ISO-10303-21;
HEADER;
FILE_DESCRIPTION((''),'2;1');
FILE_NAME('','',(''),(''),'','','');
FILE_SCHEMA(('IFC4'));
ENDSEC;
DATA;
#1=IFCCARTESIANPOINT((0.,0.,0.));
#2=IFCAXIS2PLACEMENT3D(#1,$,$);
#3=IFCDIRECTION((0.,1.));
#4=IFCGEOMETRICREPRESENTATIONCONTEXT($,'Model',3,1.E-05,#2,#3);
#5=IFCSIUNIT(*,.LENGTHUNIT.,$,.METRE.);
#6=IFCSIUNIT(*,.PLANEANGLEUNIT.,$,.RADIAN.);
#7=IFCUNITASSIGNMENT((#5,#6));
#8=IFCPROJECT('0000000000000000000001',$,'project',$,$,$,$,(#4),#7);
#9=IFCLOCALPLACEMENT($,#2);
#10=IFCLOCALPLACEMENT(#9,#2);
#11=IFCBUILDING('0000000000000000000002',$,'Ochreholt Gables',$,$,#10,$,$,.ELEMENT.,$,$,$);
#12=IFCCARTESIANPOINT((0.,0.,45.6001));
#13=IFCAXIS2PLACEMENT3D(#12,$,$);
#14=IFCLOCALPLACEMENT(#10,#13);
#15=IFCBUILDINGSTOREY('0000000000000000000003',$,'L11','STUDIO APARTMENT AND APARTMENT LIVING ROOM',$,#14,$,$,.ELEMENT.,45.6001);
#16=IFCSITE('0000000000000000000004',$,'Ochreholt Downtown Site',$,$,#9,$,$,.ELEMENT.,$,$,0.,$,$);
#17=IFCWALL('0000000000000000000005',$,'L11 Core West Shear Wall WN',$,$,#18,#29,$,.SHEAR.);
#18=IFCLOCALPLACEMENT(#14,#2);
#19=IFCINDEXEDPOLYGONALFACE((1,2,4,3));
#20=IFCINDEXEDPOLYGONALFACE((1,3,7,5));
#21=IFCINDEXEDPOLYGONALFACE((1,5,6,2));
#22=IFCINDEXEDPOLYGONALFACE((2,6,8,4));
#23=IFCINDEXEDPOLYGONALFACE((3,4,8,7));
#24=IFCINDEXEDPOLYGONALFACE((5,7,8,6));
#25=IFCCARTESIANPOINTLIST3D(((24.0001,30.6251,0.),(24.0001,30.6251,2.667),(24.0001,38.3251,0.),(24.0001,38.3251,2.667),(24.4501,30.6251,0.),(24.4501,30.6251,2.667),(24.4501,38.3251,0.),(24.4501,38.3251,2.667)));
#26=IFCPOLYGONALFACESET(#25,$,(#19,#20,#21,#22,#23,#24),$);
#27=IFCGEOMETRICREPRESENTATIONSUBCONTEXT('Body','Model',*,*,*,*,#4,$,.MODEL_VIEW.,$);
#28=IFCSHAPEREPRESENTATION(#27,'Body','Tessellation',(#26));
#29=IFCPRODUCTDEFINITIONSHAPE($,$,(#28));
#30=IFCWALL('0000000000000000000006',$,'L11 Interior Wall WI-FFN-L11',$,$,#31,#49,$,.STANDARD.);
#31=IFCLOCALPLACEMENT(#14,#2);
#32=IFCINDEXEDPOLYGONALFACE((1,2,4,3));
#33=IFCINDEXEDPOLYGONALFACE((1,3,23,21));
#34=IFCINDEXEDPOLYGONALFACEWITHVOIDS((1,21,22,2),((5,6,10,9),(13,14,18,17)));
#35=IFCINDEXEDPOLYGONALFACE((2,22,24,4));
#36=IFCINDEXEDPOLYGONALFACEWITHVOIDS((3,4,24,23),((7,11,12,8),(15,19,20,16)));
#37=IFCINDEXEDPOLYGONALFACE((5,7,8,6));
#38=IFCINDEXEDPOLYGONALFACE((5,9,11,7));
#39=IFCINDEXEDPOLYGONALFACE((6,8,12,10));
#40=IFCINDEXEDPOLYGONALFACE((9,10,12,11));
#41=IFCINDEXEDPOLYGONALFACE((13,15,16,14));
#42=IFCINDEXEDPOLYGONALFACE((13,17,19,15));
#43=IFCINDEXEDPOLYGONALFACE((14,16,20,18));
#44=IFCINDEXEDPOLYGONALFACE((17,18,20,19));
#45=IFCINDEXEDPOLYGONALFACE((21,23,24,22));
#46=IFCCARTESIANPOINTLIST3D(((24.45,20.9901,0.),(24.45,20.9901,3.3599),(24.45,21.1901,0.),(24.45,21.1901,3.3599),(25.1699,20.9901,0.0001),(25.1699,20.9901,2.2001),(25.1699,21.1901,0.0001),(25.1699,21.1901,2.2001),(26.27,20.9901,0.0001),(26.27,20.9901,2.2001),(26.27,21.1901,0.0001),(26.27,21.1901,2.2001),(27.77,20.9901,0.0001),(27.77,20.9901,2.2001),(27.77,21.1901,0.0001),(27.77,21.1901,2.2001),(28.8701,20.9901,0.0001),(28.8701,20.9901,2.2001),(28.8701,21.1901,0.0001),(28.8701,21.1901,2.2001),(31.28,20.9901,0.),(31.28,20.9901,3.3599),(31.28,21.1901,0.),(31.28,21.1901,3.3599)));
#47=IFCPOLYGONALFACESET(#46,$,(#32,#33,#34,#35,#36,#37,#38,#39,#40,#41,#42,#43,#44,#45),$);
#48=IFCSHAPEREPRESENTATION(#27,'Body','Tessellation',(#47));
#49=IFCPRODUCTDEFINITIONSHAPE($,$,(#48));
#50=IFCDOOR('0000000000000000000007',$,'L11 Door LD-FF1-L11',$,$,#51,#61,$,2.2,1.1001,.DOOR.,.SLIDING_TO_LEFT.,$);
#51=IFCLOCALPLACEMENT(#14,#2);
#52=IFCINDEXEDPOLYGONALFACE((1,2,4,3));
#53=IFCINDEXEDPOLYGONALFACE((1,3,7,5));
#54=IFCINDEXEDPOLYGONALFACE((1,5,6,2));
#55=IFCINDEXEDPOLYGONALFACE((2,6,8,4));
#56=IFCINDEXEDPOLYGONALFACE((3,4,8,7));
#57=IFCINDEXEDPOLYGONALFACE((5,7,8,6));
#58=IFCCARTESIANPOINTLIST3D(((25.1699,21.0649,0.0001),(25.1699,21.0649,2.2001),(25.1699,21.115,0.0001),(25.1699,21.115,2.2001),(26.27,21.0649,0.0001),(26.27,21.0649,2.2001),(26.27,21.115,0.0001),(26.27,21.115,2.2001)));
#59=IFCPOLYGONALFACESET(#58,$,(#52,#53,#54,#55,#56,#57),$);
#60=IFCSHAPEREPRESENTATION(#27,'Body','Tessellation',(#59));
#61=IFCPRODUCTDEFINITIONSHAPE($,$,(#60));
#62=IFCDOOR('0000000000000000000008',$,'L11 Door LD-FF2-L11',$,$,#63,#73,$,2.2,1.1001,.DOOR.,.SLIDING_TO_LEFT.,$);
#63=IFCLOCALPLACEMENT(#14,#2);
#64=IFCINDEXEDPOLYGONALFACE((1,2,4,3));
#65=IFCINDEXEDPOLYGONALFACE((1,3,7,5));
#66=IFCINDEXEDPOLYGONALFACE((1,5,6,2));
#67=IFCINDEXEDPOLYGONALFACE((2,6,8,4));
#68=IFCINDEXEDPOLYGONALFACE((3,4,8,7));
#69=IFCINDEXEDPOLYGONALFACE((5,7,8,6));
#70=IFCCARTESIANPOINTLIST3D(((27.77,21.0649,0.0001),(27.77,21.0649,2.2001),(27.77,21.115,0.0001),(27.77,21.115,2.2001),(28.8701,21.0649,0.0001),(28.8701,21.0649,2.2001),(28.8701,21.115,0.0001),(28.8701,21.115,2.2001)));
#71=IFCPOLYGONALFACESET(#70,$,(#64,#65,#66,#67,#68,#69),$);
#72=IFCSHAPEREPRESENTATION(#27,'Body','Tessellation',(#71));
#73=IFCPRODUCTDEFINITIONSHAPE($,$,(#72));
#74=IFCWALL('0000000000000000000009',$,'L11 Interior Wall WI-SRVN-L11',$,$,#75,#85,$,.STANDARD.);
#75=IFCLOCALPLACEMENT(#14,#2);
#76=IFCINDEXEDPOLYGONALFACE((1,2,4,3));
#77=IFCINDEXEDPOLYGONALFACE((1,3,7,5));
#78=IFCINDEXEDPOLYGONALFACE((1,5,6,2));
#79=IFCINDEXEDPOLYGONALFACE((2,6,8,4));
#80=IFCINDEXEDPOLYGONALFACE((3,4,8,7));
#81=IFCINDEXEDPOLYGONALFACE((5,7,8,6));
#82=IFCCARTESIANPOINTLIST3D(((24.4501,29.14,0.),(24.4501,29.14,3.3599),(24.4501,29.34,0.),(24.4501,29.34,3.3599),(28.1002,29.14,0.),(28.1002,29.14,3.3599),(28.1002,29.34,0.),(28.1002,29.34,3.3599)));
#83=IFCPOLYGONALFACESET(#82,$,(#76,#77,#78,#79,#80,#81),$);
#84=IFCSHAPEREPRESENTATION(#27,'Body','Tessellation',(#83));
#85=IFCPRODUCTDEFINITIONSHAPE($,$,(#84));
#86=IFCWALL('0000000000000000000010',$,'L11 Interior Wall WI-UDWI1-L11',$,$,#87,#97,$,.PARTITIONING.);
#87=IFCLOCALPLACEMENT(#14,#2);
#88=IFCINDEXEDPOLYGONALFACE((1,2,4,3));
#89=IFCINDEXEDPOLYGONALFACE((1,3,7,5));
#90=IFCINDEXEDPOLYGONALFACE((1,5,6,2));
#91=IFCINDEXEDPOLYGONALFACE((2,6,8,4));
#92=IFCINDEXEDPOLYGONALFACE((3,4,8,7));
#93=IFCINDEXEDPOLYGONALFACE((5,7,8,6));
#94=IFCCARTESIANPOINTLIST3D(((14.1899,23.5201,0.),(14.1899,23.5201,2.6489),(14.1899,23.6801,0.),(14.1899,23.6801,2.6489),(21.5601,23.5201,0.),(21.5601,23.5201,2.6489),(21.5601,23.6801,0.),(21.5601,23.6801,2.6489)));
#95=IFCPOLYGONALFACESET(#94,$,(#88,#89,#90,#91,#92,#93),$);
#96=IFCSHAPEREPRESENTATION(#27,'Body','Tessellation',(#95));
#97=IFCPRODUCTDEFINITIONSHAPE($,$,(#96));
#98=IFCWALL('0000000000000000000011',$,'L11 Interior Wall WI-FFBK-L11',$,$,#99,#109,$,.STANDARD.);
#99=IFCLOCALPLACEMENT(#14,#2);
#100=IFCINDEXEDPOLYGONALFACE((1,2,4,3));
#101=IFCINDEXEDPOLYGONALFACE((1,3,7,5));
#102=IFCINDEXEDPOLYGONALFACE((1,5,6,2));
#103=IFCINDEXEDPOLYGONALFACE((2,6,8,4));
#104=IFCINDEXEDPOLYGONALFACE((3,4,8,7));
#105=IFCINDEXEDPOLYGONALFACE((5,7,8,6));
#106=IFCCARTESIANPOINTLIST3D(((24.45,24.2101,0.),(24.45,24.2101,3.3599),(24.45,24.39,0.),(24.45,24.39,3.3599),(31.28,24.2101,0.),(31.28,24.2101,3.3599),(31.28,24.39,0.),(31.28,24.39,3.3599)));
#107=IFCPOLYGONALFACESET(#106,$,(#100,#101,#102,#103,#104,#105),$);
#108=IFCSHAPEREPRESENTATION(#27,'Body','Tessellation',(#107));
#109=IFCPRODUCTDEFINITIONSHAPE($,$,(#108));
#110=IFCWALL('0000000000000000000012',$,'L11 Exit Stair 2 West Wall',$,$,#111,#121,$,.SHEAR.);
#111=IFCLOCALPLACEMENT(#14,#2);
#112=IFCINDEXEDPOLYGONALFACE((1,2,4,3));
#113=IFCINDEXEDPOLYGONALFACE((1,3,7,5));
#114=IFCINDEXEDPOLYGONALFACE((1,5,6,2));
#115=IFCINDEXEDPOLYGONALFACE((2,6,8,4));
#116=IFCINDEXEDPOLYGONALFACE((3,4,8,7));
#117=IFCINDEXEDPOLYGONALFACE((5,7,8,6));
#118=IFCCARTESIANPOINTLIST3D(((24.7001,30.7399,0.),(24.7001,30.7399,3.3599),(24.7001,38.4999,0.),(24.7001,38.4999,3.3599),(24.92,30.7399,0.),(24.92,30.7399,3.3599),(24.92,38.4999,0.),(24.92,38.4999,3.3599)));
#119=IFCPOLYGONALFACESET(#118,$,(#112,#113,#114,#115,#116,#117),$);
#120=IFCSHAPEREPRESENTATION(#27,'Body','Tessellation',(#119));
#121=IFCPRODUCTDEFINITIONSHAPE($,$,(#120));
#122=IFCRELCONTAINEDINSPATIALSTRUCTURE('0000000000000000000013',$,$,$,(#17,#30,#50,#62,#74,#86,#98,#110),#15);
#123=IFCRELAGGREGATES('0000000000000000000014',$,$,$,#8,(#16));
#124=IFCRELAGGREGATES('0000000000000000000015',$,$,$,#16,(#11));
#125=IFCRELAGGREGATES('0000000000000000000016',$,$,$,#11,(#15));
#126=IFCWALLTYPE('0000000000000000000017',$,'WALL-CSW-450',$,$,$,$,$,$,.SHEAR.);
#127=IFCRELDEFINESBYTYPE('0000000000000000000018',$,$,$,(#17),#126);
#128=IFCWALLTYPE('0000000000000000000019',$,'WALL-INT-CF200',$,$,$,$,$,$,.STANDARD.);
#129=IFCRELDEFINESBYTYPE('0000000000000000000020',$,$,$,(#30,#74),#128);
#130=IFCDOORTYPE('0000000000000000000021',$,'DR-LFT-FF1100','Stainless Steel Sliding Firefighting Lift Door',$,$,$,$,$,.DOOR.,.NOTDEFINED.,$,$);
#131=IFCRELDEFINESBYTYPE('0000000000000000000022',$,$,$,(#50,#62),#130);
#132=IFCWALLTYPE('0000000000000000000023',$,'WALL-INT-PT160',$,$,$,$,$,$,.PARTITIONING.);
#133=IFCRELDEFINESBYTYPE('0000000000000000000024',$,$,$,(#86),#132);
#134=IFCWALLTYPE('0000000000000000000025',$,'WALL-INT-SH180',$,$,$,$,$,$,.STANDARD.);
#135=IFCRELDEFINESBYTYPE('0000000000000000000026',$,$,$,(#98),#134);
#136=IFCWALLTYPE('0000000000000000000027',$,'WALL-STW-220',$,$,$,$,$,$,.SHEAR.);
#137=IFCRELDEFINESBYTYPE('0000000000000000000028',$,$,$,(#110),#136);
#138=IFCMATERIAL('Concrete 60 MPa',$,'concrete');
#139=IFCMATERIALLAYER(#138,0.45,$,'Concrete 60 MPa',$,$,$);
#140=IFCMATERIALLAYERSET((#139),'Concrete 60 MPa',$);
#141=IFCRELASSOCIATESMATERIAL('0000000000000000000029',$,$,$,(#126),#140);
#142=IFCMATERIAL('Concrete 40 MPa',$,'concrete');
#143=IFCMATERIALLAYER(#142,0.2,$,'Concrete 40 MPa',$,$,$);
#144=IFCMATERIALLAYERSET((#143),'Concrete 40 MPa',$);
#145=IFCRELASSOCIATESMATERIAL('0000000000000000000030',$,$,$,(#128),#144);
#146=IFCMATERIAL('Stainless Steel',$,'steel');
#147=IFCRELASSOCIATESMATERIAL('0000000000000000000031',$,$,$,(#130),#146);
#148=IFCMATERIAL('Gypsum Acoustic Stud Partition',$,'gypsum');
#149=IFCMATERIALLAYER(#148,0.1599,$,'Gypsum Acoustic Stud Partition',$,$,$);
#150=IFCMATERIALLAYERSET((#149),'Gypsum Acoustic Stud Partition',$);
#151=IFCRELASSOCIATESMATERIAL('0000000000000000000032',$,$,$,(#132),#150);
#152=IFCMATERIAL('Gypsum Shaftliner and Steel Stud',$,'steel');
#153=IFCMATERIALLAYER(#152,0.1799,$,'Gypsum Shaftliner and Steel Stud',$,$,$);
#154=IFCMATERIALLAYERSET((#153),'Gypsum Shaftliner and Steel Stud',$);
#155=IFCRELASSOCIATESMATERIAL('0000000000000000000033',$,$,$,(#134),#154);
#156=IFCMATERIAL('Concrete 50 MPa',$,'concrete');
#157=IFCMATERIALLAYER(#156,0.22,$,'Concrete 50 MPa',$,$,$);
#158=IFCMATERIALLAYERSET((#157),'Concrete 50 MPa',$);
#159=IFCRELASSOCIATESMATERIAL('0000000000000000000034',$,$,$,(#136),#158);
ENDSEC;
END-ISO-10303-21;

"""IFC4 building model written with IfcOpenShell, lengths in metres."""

from ifc_helpers import new_model, si_unit, direction, frame, frame_2d, origin, place, context, subcontext, project, spatial, rectangle, extrude, material, layer, layer_set, type_object, element, fill, save


model = new_model("IFC4")

# Units and contexts
model_context = context("Model", 3, precision=1e-05, world=origin(), true_north=direction((0.0, 1.0)))
body_context = subcontext(model_context, "Body", "Model", "MODEL_VIEW")
ifc_project = project(units=[si_unit("LENGTHUNIT", "METRE"), si_unit("PLANEANGLEUNIT", "RADIAN")], contexts=[model_context])

# Site, building, storey
site_placement = place(None, origin())
site = spatial("IfcSite", under=ifc_project, at=site_placement, Name="Ochreholt Downtown Site", CompositionType="ELEMENT", RefElevation=0.0)
building_placement = place(site_placement, origin())
building = spatial("IfcBuilding", under=site, at=building_placement, Name="Ochreholt Gables", CompositionType="ELEMENT")
storey_placement = place(building_placement, frame((0.0, 0.0, 45.6001)))
storey = spatial("IfcBuildingStorey", under=building, at=storey_placement, Name="L11", Description="STUDIO APARTMENT AND APARTMENT LIVING ROOM", CompositionType="ELEMENT", Elevation=45.6001)

# Shared definitions
ifc_material_1 = material(Name="Concrete 60 MPa", Category="concrete")

# Wall
ifc_layer_1 = layer(ifc_material_1, 0.45, Name="Concrete 60 MPa")
ifc_layer_set_1 = layer_set([ifc_layer_1], Name="Concrete 60 MPa")
wall_type_1 = type_object("IfcWallType", Name="WALL-CSW-450", PredefinedType="SHEAR", material=ifc_layer_set_1)
wall_1_placement = place(storey_placement, frame((24.2251, 30.625, 0.0), z_axis=(0.0, 0.0, 1.0), x_axis=(0.0, 1.0, 0.0)))
element("IfcWall", 1, at=wall_1_placement, inside=storey, type_object=wall_type_1, Name="L11 Core West Shear Wall WN", PredefinedType="SHEAR", context=body_context, shape_type="SweptSolid", body=[
    extrude(rectangle(XDim=7.7, YDim=0.45, at=frame_2d((3.8501, 0.0))), origin(), (0.0, 0.0, 1.0), 2.667),
])

# Wall, openings, doors
ifc_material_2 = material(Name="Concrete 40 MPa", Category="concrete")
ifc_layer_2 = layer(ifc_material_2, 0.2, Name="Concrete 40 MPa")
ifc_layer_set_2 = layer_set([ifc_layer_2], Name="Concrete 40 MPa")
wall_type_2 = type_object("IfcWallType", Name="WALL-INT-CF200", PredefinedType="STANDARD", material=ifc_layer_set_2)
wall_2_placement = place(storey_placement, frame((24.45, 21.0901, 0.0), z_axis=(0.0, 0.0, 1.0), x_axis=(1.0, 0.0, 0.0)))
wall_2 = element("IfcWall", 2, at=wall_2_placement, inside=storey, type_object=wall_type_2, Name="L11 Interior Wall WI-FFN-L11", PredefinedType="STANDARD", context=body_context, shape_type="SweptSolid", body=[
    extrude(rectangle(XDim=6.8301, YDim=0.2, at=frame_2d((3.415, 0.0))), origin(), (0.0, 0.0, 1.0), 3.3599),
])
opening_1_placement = place(wall_2_placement, frame((0.72, 0.0, 0.0)))
opening_1 = element("IfcOpeningElement", 3, at=opening_1_placement, cuts=wall_2, PredefinedType="OPENING", context=body_context, shape_type="SweptSolid", body=[
    extrude(rectangle(XDim=1.1001, YDim=2.2, at=frame_2d((0.55, 1.1001))), frame((0.0, 0.1099, 0.0), z_axis=(0.0, -1.0, 0.0), x_axis=(1.0, 0.0, 0.0)), (0.0, 0.0, 1.0), 0.22),
])
opening_2_placement = place(wall_2_placement, frame((3.3201, 0.0, 0.0)))
opening_2 = element("IfcOpeningElement", 4, at=opening_2_placement, cuts=wall_2, PredefinedType="OPENING", context=body_context, shape_type="SweptSolid", body=[
    extrude(rectangle(XDim=1.1001, YDim=2.2, at=frame_2d((0.55, 1.1001))), frame((0.0, 0.1099, 0.0), z_axis=(0.0, -1.0, 0.0), x_axis=(1.0, 0.0, 0.0)), (0.0, 0.0, 1.0), 0.22),
])
ifc_material_3 = material(Name="Stainless Steel", Category="steel")
door_type_1 = type_object("IfcDoorType", Name="DR-LFT-FF1100", Description="Stainless Steel Sliding Firefighting Lift Door", OperationType="NOTDEFINED", PredefinedType="DOOR", material=ifc_material_3)
door_1_placement = place(opening_1_placement, origin())
door_1 = element("IfcDoor", 5, at=door_1_placement, inside=storey, type_object=door_type_1, Name="L11 Door LD-FF1-L11", OperationType="SLIDING_TO_LEFT", OverallHeight=2.2, OverallWidth=1.1001, PredefinedType="DOOR", context=body_context, shape_type="SweptSolid", body=[
    extrude(rectangle(XDim=1.1001, YDim=2.2, at=frame_2d((0.55, 1.1001))), frame((0.0, 0.0249, 0.0), z_axis=(0.0, -1.0, 0.0), x_axis=(1.0, 0.0, 0.0)), (0.0, 0.0, 1.0), 0.05),
])
fill(opening_1, door_1)
door_2_placement = place(opening_2_placement, origin())
door_2 = element("IfcDoor", 6, at=door_2_placement, inside=storey, type_object=door_type_1, Name="L11 Door LD-FF2-L11", OperationType="SLIDING_TO_LEFT", OverallHeight=2.2, OverallWidth=1.1001, PredefinedType="DOOR", context=body_context, shape_type="SweptSolid", body=[
    extrude(rectangle(XDim=1.1001, YDim=2.2, at=frame_2d((0.55, 1.1001))), frame((0.0, 0.0249, 0.0), z_axis=(0.0, -1.0, 0.0), x_axis=(1.0, 0.0, 0.0)), (0.0, 0.0, 1.0), 0.05),
])
fill(opening_2, door_2)

# Walls
wall_3_placement = place(storey_placement, frame((24.45, 29.24, 0.0), z_axis=(0.0, 0.0, 1.0), x_axis=(1.0, 0.0, 0.0)))
element("IfcWall", 7, at=wall_3_placement, inside=storey, type_object=wall_type_2, Name="L11 Interior Wall WI-SRVN-L11", PredefinedType="STANDARD", context=body_context, shape_type="SweptSolid", body=[
    extrude(rectangle(XDim=3.6501, YDim=0.2, at=frame_2d((1.8252, 0.0))), origin(), (0.0, 0.0, 1.0), 3.3599),
])
ifc_material_4 = material(Name="Gypsum Acoustic Stud Partition", Category="gypsum")
ifc_layer_3 = layer(ifc_material_4, 0.1599, Name="Gypsum Acoustic Stud Partition")
ifc_layer_set_3 = layer_set([ifc_layer_3], Name="Gypsum Acoustic Stud Partition")
wall_type_3 = type_object("IfcWallType", Name="WALL-INT-PT160", PredefinedType="PARTITIONING", material=ifc_layer_set_3)
wall_4_placement = place(storey_placement, frame((14.1899, 23.6001, 0.0), z_axis=(0.0, 0.0, 1.0), x_axis=(1.0, 0.0, 0.0)))
element("IfcWall", 8, at=wall_4_placement, inside=storey, type_object=wall_type_3, Name="L11 Interior Wall WI-UDWI1-L11", PredefinedType="PARTITIONING", context=body_context, shape_type="SweptSolid", body=[
    extrude(rectangle(XDim=7.3701, YDim=0.1599, at=frame_2d((3.6851, 0.0))), origin(), (0.0, 0.0, 1.0), 2.6489),
])
ifc_material_5 = material(Name="Gypsum Shaftliner and Steel Stud", Category="steel")
ifc_layer_4 = layer(ifc_material_5, 0.1799, Name="Gypsum Shaftliner and Steel Stud")
ifc_layer_set_4 = layer_set([ifc_layer_4], Name="Gypsum Shaftliner and Steel Stud")
wall_type_4 = type_object("IfcWallType", Name="WALL-INT-SH180", PredefinedType="STANDARD", material=ifc_layer_set_4)
wall_5_placement = place(storey_placement, frame((24.45, 24.3, 0.0), z_axis=(0.0, 0.0, 1.0), x_axis=(1.0, 0.0, 0.0)))
element("IfcWall", 9, at=wall_5_placement, inside=storey, type_object=wall_type_4, Name="L11 Interior Wall WI-FFBK-L11", PredefinedType="STANDARD", context=body_context, shape_type="SweptSolid", body=[
    extrude(rectangle(XDim=6.8301, YDim=0.1799, at=frame_2d((3.415, 0.0))), origin(), (0.0, 0.0, 1.0), 3.3599),
])
ifc_material_6 = material(Name="Concrete 50 MPa", Category="concrete")
ifc_layer_5 = layer(ifc_material_6, 0.22, Name="Concrete 50 MPa")
ifc_layer_set_5 = layer_set([ifc_layer_5], Name="Concrete 50 MPa")
wall_type_5 = type_object("IfcWallType", Name="WALL-STW-220", PredefinedType="SHEAR", material=ifc_layer_set_5)
wall_6_placement = place(storey_placement, frame((24.8101, 30.74, 0.0), z_axis=(0.0, 0.0, 1.0), x_axis=(0.0, 1.0, 0.0)))
element("IfcWall", 10, at=wall_6_placement, inside=storey, type_object=wall_type_5, Name="L11 Exit Stair 2 West Wall", PredefinedType="SHEAR", context=body_context, shape_type="SweptSolid", body=[
    extrude(rectangle(XDim=7.76, YDim=0.22, at=frame_2d((3.8799, 0.0))), origin(), (0.0, 0.0, 1.0), 3.3599),
])

save(model, "model.ifc")
